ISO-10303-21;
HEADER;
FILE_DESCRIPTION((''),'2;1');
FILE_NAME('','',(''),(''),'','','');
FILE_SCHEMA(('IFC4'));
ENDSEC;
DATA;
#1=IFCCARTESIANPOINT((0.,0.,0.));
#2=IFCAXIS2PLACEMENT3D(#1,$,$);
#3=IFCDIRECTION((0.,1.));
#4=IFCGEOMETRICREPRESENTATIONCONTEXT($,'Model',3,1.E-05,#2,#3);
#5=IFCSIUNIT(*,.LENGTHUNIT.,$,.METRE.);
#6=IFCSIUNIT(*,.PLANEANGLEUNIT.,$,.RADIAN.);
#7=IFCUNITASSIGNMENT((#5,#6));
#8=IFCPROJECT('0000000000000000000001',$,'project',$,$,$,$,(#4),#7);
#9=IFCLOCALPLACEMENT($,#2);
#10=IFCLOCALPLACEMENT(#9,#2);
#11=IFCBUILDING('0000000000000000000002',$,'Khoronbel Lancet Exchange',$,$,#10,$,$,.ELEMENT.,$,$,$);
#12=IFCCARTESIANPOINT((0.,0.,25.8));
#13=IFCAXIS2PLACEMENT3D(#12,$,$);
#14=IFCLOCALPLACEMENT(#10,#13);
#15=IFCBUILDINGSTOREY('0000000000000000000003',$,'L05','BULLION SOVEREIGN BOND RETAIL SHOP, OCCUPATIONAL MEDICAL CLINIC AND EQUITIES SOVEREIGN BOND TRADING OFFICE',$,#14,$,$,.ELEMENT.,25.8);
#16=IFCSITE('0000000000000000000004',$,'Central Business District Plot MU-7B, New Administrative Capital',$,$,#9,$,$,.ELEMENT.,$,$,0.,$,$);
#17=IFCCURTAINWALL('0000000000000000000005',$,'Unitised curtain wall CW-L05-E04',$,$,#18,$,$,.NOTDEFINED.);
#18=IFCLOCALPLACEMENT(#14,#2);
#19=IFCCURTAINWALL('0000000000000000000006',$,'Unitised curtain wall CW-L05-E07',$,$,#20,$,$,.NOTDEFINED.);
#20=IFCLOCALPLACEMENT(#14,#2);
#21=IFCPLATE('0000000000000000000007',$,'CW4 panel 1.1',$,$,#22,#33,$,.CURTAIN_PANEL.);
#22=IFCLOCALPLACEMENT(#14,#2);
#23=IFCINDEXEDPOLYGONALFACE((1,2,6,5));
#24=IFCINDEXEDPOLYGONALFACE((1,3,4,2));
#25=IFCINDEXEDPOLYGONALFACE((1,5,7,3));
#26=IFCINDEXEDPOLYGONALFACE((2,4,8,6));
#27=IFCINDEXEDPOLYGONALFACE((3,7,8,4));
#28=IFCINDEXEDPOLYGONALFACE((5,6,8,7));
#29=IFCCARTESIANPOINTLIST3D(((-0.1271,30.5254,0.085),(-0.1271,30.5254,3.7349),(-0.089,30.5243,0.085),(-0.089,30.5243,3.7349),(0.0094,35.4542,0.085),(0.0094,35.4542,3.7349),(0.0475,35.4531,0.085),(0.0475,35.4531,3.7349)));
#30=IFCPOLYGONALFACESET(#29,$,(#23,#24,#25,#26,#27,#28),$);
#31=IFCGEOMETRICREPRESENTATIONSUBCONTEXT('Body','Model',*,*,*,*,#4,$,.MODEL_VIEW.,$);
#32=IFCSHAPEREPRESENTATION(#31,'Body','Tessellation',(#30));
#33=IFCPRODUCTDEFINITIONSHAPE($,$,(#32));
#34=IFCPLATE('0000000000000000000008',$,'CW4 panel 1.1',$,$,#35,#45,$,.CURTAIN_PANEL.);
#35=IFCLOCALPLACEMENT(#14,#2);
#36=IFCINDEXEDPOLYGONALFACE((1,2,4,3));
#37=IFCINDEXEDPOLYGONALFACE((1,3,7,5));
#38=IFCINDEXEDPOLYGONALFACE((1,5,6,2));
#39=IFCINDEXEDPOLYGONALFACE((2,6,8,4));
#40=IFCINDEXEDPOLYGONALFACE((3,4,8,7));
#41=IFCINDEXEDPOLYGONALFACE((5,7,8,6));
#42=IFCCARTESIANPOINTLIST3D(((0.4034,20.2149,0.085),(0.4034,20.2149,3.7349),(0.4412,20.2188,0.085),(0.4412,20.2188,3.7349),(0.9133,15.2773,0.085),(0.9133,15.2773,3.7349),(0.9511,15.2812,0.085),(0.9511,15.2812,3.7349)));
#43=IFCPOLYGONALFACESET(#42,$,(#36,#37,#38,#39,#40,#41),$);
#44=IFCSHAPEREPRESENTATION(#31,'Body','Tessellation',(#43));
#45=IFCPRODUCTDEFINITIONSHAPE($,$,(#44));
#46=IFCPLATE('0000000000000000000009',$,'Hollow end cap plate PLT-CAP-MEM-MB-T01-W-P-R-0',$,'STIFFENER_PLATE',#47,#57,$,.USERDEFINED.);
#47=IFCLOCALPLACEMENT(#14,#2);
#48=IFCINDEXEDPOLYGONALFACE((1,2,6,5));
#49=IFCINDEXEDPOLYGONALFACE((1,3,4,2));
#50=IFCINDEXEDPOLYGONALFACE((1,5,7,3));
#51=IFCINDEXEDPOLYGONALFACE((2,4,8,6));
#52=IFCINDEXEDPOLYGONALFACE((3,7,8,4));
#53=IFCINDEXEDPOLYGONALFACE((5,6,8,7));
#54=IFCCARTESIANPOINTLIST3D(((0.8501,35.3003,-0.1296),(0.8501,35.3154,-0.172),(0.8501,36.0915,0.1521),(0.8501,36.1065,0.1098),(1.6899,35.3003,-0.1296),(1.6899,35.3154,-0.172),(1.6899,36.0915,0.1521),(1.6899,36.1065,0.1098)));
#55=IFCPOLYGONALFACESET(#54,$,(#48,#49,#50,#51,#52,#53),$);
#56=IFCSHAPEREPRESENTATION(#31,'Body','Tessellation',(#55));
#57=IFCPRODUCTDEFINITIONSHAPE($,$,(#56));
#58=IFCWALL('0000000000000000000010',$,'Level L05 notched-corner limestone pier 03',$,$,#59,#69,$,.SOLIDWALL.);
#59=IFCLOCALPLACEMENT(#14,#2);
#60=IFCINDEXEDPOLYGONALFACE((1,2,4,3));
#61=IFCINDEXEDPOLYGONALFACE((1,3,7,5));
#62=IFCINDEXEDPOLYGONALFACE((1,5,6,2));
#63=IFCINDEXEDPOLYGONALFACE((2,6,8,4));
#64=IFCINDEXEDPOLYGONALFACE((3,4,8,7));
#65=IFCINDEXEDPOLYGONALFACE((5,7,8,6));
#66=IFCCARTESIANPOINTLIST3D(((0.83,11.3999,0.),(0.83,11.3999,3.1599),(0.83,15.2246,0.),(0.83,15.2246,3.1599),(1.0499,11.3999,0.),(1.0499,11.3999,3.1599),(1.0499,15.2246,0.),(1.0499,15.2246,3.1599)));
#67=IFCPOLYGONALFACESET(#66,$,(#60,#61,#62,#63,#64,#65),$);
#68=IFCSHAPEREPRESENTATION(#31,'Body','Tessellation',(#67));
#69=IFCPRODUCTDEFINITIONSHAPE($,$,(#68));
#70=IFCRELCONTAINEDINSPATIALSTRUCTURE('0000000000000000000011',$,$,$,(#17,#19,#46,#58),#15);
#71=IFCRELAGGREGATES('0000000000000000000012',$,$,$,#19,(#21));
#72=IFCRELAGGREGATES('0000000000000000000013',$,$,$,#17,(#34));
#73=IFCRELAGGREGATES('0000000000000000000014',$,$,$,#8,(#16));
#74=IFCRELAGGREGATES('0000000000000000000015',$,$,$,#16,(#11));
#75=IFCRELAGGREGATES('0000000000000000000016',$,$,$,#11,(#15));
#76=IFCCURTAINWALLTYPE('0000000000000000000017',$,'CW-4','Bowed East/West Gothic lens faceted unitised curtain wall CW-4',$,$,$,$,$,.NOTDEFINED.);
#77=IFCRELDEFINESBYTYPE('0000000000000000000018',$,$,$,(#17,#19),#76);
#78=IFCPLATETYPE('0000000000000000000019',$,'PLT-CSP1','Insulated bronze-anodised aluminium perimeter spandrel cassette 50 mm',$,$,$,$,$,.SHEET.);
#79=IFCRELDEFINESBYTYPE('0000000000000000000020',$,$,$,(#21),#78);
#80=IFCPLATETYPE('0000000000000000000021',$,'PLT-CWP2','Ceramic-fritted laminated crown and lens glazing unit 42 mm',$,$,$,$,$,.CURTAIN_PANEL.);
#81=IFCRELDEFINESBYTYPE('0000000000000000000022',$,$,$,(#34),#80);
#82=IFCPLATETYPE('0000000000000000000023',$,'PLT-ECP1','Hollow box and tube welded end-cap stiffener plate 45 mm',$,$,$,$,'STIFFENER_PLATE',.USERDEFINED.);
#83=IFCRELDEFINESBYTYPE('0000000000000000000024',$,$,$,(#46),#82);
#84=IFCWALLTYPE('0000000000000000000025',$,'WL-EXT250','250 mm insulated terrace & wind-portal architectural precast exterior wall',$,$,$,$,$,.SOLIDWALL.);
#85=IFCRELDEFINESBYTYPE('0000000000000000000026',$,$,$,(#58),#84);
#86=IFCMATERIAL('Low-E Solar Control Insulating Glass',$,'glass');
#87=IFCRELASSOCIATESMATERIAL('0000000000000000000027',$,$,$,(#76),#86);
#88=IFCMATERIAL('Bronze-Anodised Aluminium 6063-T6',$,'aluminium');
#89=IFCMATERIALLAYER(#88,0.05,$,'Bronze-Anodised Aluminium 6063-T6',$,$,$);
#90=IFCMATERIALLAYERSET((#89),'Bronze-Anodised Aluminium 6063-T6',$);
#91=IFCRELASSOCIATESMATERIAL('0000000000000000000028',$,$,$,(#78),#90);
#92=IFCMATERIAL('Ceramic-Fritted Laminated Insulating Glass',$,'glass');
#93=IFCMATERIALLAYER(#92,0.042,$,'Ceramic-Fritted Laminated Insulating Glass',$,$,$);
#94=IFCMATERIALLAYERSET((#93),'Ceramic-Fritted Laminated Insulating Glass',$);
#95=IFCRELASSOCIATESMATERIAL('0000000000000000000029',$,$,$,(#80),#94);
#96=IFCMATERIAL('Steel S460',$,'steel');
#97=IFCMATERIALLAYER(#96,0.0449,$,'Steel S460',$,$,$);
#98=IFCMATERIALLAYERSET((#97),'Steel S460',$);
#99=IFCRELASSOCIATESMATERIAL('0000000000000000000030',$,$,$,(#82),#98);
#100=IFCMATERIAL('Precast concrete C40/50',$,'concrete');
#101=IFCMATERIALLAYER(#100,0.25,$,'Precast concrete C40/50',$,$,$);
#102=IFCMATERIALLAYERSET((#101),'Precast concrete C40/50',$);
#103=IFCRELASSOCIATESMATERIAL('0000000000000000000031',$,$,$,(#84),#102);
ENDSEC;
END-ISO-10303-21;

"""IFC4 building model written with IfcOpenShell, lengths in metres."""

from ifc_helpers import new_model, si_unit, direction, frame, frame_2d, origin, origin_2d, place, context, subcontext, project, spatial, polyline, rectangle, outline, extrude, material, layer, layer_set, type_object, element, aggregate, save


model = new_model("IFC4")

# Units and contexts
model_context = context("Model", 3, precision=1e-05, world=origin(), true_north=direction((0.0, 1.0)))
body_context = subcontext(model_context, "Body", "Model", "MODEL_VIEW")
ifc_project = project(units=[si_unit("LENGTHUNIT", "METRE"), si_unit("PLANEANGLEUNIT", "RADIAN")], contexts=[model_context])

# Site, building, storey
site_placement = place(None, origin())
site = spatial("IfcSite", under=ifc_project, at=site_placement, Name="Central Business District Plot MU-7B, New Administrative Capital", CompositionType="ELEMENT", RefElevation=0.0)
building_placement = place(site_placement, origin())
building = spatial("IfcBuilding", under=site, at=building_placement, Name="Khoronbel Lancet Exchange", CompositionType="ELEMENT")
storey_placement = place(building_placement, frame((0.0, 0.0, 25.8)))
storey = spatial("IfcBuildingStorey", under=building, at=storey_placement, Name="L05", Description="BULLION SOVEREIGN BOND RETAIL SHOP, OCCUPATIONAL MEDICAL CLINIC AND EQUITIES SOVEREIGN BOND TRADING OFFICE", CompositionType="ELEMENT", Elevation=25.8)

# Curtain walls
ifc_material_1 = material(Name="Low-E Solar Control Insulating Glass", Category="glass")
curtain_wall_type = type_object("IfcCurtainWallType", Name="CW-4", Description="Bowed East/West Gothic lens faceted unitised curtain wall CW-4", PredefinedType="NOTDEFINED", material=ifc_material_1)
curtain_wall_1_placement = place(storey_placement, origin())
curtain_wall_1 = element("IfcCurtainWall", 1, at=curtain_wall_1_placement, inside=storey, type_object=curtain_wall_type, Name="Unitised curtain wall CW-L05-E04", PredefinedType="NOTDEFINED")
ifc_material_2 = material(Name="Bronze-Anodised Aluminium 6063-T6", Category="aluminium")
curtain_wall_2_placement = place(storey_placement, origin())
curtain_wall_2 = element("IfcCurtainWall", 2, at=curtain_wall_2_placement, inside=storey, type_object=curtain_wall_type, Name="Unitised curtain wall CW-L05-E07", PredefinedType="NOTDEFINED")

# Plates
ifc_layer_1 = layer(ifc_material_2, 0.05, Name="Bronze-Anodised Aluminium 6063-T6")
ifc_layer_set_1 = layer_set([ifc_layer_1], Name="Bronze-Anodised Aluminium 6063-T6")
plate_type_1 = type_object("IfcPlateType", Name="PLT-CSP1", Description="Insulated bronze-anodised aluminium perimeter spandrel cassette 50 mm", PredefinedType="SHEET", material=ifc_layer_set_1)
plate_1_placement = place(storey_placement, frame((-0.0398, 32.9893, 0.085), z_axis=(0.0, 0.0, 1.0), x_axis=(0.027674, 0.999617, 0.0)))
plate_1 = element("IfcPlate", 3, at=plate_1_placement, type_object=plate_type_1, Name="CW4 panel 1.1", PredefinedType="CURTAIN_PANEL", context=body_context, shape_type="SweptSolid", body=[
    extrude(rectangle(XDim=4.9307, YDim=0.0381, at=origin_2d()), origin(), (0.0, 0.0, 1.0), 3.6499),
])
aggregate(curtain_wall_2, [plate_1])
ifc_material_3 = material(Name="Ceramic-Fritted Laminated Insulating Glass", Category="glass")
ifc_layer_2 = layer(ifc_material_3, 0.042, Name="Ceramic-Fritted Laminated Insulating Glass")
ifc_layer_set_2 = layer_set([ifc_layer_2], Name="Ceramic-Fritted Laminated Insulating Glass")
plate_type_2 = type_object("IfcPlateType", Name="PLT-CWP2", Description="Ceramic-fritted laminated crown and lens glazing unit 42 mm", PredefinedType="CURTAIN_PANEL", material=ifc_layer_set_2)
plate_2_placement = place(storey_placement, frame((0.6772, 17.748, 0.085), z_axis=(0.0, 0.0, 1.0), x_axis=(-0.102723, 0.99471, 0.0)))
plate_2 = element("IfcPlate", 4, at=plate_2_placement, type_object=plate_type_2, Name="CW4 panel 1.1", PredefinedType="CURTAIN_PANEL", context=body_context, shape_type="SweptSolid", body=[
    extrude(rectangle(XDim=4.9639, YDim=0.0381, at=origin_2d()), origin(), (0.0, 0.0, 1.0), 3.6499),
])
aggregate(curtain_wall_1, [plate_2])
ifc_material_4 = material(Name="Steel S460", Category="steel")
ifc_layer_3 = layer(ifc_material_4, 0.0449, Name="Steel S460")
ifc_layer_set_3 = layer_set([ifc_layer_3], Name="Steel S460")
plate_type_3 = type_object("IfcPlateType", Name="PLT-ECP1", Description="Hollow box and tube welded end-cap stiffener plate 45 mm", ElementType="STIFFENER_PLATE", PredefinedType="USERDEFINED", material=ifc_layer_set_3)
plate_3_placement = place(storey_placement, frame((0.8501, 35.3003, -0.1296), z_axis=(0.0, -0.335434, 0.942064), x_axis=(1.0, 0.0, 0.0)))
element("IfcPlate", 5, at=plate_3_placement, inside=storey, type_object=plate_type_3, Name="Hollow end cap plate PLT-CAP-MEM-MB-T01-W-P-R-0", ObjectType="STIFFENER_PLATE", PredefinedType="USERDEFINED", context=body_context, shape_type="SweptSolid", body=[
    extrude(outline(polyline([(0.0, 0.0), (0.8398, 0.0), (0.8398, 0.8398), (0.0, 0.8398), (0.0, 0.0)])), origin(), (0.0, 0.0, -1.0), 0.0449),
])

# Wall
ifc_material_5 = material(Name="Precast concrete C40/50", Category="concrete")
ifc_layer_4 = layer(ifc_material_5, 0.25, Name="Precast concrete C40/50")
ifc_layer_set_4 = layer_set([ifc_layer_4], Name="Precast concrete C40/50")
wall_type = type_object("IfcWallType", Name="WL-EXT250", Description="250 mm insulated terrace & wind-portal architectural precast exterior wall", PredefinedType="SOLIDWALL", material=ifc_layer_set_4)
wall_placement = place(storey_placement, frame((0.9399, 11.3999, 0.0), z_axis=(0.0, 0.0, 1.0), x_axis=(0.0, 1.0, 0.0)))
element("IfcWall", 6, at=wall_placement, inside=storey, type_object=wall_type, Name="Level L05 notched-corner limestone pier 03", PredefinedType="SOLIDWALL", context=body_context, shape_type="SweptSolid", body=[
    extrude(rectangle(XDim=3.8247, YDim=0.22, at=frame_2d((1.9124, 0.0))), origin(), (0.0, 0.0, 1.0), 3.1599),
])

save(model, "model.ifc")
